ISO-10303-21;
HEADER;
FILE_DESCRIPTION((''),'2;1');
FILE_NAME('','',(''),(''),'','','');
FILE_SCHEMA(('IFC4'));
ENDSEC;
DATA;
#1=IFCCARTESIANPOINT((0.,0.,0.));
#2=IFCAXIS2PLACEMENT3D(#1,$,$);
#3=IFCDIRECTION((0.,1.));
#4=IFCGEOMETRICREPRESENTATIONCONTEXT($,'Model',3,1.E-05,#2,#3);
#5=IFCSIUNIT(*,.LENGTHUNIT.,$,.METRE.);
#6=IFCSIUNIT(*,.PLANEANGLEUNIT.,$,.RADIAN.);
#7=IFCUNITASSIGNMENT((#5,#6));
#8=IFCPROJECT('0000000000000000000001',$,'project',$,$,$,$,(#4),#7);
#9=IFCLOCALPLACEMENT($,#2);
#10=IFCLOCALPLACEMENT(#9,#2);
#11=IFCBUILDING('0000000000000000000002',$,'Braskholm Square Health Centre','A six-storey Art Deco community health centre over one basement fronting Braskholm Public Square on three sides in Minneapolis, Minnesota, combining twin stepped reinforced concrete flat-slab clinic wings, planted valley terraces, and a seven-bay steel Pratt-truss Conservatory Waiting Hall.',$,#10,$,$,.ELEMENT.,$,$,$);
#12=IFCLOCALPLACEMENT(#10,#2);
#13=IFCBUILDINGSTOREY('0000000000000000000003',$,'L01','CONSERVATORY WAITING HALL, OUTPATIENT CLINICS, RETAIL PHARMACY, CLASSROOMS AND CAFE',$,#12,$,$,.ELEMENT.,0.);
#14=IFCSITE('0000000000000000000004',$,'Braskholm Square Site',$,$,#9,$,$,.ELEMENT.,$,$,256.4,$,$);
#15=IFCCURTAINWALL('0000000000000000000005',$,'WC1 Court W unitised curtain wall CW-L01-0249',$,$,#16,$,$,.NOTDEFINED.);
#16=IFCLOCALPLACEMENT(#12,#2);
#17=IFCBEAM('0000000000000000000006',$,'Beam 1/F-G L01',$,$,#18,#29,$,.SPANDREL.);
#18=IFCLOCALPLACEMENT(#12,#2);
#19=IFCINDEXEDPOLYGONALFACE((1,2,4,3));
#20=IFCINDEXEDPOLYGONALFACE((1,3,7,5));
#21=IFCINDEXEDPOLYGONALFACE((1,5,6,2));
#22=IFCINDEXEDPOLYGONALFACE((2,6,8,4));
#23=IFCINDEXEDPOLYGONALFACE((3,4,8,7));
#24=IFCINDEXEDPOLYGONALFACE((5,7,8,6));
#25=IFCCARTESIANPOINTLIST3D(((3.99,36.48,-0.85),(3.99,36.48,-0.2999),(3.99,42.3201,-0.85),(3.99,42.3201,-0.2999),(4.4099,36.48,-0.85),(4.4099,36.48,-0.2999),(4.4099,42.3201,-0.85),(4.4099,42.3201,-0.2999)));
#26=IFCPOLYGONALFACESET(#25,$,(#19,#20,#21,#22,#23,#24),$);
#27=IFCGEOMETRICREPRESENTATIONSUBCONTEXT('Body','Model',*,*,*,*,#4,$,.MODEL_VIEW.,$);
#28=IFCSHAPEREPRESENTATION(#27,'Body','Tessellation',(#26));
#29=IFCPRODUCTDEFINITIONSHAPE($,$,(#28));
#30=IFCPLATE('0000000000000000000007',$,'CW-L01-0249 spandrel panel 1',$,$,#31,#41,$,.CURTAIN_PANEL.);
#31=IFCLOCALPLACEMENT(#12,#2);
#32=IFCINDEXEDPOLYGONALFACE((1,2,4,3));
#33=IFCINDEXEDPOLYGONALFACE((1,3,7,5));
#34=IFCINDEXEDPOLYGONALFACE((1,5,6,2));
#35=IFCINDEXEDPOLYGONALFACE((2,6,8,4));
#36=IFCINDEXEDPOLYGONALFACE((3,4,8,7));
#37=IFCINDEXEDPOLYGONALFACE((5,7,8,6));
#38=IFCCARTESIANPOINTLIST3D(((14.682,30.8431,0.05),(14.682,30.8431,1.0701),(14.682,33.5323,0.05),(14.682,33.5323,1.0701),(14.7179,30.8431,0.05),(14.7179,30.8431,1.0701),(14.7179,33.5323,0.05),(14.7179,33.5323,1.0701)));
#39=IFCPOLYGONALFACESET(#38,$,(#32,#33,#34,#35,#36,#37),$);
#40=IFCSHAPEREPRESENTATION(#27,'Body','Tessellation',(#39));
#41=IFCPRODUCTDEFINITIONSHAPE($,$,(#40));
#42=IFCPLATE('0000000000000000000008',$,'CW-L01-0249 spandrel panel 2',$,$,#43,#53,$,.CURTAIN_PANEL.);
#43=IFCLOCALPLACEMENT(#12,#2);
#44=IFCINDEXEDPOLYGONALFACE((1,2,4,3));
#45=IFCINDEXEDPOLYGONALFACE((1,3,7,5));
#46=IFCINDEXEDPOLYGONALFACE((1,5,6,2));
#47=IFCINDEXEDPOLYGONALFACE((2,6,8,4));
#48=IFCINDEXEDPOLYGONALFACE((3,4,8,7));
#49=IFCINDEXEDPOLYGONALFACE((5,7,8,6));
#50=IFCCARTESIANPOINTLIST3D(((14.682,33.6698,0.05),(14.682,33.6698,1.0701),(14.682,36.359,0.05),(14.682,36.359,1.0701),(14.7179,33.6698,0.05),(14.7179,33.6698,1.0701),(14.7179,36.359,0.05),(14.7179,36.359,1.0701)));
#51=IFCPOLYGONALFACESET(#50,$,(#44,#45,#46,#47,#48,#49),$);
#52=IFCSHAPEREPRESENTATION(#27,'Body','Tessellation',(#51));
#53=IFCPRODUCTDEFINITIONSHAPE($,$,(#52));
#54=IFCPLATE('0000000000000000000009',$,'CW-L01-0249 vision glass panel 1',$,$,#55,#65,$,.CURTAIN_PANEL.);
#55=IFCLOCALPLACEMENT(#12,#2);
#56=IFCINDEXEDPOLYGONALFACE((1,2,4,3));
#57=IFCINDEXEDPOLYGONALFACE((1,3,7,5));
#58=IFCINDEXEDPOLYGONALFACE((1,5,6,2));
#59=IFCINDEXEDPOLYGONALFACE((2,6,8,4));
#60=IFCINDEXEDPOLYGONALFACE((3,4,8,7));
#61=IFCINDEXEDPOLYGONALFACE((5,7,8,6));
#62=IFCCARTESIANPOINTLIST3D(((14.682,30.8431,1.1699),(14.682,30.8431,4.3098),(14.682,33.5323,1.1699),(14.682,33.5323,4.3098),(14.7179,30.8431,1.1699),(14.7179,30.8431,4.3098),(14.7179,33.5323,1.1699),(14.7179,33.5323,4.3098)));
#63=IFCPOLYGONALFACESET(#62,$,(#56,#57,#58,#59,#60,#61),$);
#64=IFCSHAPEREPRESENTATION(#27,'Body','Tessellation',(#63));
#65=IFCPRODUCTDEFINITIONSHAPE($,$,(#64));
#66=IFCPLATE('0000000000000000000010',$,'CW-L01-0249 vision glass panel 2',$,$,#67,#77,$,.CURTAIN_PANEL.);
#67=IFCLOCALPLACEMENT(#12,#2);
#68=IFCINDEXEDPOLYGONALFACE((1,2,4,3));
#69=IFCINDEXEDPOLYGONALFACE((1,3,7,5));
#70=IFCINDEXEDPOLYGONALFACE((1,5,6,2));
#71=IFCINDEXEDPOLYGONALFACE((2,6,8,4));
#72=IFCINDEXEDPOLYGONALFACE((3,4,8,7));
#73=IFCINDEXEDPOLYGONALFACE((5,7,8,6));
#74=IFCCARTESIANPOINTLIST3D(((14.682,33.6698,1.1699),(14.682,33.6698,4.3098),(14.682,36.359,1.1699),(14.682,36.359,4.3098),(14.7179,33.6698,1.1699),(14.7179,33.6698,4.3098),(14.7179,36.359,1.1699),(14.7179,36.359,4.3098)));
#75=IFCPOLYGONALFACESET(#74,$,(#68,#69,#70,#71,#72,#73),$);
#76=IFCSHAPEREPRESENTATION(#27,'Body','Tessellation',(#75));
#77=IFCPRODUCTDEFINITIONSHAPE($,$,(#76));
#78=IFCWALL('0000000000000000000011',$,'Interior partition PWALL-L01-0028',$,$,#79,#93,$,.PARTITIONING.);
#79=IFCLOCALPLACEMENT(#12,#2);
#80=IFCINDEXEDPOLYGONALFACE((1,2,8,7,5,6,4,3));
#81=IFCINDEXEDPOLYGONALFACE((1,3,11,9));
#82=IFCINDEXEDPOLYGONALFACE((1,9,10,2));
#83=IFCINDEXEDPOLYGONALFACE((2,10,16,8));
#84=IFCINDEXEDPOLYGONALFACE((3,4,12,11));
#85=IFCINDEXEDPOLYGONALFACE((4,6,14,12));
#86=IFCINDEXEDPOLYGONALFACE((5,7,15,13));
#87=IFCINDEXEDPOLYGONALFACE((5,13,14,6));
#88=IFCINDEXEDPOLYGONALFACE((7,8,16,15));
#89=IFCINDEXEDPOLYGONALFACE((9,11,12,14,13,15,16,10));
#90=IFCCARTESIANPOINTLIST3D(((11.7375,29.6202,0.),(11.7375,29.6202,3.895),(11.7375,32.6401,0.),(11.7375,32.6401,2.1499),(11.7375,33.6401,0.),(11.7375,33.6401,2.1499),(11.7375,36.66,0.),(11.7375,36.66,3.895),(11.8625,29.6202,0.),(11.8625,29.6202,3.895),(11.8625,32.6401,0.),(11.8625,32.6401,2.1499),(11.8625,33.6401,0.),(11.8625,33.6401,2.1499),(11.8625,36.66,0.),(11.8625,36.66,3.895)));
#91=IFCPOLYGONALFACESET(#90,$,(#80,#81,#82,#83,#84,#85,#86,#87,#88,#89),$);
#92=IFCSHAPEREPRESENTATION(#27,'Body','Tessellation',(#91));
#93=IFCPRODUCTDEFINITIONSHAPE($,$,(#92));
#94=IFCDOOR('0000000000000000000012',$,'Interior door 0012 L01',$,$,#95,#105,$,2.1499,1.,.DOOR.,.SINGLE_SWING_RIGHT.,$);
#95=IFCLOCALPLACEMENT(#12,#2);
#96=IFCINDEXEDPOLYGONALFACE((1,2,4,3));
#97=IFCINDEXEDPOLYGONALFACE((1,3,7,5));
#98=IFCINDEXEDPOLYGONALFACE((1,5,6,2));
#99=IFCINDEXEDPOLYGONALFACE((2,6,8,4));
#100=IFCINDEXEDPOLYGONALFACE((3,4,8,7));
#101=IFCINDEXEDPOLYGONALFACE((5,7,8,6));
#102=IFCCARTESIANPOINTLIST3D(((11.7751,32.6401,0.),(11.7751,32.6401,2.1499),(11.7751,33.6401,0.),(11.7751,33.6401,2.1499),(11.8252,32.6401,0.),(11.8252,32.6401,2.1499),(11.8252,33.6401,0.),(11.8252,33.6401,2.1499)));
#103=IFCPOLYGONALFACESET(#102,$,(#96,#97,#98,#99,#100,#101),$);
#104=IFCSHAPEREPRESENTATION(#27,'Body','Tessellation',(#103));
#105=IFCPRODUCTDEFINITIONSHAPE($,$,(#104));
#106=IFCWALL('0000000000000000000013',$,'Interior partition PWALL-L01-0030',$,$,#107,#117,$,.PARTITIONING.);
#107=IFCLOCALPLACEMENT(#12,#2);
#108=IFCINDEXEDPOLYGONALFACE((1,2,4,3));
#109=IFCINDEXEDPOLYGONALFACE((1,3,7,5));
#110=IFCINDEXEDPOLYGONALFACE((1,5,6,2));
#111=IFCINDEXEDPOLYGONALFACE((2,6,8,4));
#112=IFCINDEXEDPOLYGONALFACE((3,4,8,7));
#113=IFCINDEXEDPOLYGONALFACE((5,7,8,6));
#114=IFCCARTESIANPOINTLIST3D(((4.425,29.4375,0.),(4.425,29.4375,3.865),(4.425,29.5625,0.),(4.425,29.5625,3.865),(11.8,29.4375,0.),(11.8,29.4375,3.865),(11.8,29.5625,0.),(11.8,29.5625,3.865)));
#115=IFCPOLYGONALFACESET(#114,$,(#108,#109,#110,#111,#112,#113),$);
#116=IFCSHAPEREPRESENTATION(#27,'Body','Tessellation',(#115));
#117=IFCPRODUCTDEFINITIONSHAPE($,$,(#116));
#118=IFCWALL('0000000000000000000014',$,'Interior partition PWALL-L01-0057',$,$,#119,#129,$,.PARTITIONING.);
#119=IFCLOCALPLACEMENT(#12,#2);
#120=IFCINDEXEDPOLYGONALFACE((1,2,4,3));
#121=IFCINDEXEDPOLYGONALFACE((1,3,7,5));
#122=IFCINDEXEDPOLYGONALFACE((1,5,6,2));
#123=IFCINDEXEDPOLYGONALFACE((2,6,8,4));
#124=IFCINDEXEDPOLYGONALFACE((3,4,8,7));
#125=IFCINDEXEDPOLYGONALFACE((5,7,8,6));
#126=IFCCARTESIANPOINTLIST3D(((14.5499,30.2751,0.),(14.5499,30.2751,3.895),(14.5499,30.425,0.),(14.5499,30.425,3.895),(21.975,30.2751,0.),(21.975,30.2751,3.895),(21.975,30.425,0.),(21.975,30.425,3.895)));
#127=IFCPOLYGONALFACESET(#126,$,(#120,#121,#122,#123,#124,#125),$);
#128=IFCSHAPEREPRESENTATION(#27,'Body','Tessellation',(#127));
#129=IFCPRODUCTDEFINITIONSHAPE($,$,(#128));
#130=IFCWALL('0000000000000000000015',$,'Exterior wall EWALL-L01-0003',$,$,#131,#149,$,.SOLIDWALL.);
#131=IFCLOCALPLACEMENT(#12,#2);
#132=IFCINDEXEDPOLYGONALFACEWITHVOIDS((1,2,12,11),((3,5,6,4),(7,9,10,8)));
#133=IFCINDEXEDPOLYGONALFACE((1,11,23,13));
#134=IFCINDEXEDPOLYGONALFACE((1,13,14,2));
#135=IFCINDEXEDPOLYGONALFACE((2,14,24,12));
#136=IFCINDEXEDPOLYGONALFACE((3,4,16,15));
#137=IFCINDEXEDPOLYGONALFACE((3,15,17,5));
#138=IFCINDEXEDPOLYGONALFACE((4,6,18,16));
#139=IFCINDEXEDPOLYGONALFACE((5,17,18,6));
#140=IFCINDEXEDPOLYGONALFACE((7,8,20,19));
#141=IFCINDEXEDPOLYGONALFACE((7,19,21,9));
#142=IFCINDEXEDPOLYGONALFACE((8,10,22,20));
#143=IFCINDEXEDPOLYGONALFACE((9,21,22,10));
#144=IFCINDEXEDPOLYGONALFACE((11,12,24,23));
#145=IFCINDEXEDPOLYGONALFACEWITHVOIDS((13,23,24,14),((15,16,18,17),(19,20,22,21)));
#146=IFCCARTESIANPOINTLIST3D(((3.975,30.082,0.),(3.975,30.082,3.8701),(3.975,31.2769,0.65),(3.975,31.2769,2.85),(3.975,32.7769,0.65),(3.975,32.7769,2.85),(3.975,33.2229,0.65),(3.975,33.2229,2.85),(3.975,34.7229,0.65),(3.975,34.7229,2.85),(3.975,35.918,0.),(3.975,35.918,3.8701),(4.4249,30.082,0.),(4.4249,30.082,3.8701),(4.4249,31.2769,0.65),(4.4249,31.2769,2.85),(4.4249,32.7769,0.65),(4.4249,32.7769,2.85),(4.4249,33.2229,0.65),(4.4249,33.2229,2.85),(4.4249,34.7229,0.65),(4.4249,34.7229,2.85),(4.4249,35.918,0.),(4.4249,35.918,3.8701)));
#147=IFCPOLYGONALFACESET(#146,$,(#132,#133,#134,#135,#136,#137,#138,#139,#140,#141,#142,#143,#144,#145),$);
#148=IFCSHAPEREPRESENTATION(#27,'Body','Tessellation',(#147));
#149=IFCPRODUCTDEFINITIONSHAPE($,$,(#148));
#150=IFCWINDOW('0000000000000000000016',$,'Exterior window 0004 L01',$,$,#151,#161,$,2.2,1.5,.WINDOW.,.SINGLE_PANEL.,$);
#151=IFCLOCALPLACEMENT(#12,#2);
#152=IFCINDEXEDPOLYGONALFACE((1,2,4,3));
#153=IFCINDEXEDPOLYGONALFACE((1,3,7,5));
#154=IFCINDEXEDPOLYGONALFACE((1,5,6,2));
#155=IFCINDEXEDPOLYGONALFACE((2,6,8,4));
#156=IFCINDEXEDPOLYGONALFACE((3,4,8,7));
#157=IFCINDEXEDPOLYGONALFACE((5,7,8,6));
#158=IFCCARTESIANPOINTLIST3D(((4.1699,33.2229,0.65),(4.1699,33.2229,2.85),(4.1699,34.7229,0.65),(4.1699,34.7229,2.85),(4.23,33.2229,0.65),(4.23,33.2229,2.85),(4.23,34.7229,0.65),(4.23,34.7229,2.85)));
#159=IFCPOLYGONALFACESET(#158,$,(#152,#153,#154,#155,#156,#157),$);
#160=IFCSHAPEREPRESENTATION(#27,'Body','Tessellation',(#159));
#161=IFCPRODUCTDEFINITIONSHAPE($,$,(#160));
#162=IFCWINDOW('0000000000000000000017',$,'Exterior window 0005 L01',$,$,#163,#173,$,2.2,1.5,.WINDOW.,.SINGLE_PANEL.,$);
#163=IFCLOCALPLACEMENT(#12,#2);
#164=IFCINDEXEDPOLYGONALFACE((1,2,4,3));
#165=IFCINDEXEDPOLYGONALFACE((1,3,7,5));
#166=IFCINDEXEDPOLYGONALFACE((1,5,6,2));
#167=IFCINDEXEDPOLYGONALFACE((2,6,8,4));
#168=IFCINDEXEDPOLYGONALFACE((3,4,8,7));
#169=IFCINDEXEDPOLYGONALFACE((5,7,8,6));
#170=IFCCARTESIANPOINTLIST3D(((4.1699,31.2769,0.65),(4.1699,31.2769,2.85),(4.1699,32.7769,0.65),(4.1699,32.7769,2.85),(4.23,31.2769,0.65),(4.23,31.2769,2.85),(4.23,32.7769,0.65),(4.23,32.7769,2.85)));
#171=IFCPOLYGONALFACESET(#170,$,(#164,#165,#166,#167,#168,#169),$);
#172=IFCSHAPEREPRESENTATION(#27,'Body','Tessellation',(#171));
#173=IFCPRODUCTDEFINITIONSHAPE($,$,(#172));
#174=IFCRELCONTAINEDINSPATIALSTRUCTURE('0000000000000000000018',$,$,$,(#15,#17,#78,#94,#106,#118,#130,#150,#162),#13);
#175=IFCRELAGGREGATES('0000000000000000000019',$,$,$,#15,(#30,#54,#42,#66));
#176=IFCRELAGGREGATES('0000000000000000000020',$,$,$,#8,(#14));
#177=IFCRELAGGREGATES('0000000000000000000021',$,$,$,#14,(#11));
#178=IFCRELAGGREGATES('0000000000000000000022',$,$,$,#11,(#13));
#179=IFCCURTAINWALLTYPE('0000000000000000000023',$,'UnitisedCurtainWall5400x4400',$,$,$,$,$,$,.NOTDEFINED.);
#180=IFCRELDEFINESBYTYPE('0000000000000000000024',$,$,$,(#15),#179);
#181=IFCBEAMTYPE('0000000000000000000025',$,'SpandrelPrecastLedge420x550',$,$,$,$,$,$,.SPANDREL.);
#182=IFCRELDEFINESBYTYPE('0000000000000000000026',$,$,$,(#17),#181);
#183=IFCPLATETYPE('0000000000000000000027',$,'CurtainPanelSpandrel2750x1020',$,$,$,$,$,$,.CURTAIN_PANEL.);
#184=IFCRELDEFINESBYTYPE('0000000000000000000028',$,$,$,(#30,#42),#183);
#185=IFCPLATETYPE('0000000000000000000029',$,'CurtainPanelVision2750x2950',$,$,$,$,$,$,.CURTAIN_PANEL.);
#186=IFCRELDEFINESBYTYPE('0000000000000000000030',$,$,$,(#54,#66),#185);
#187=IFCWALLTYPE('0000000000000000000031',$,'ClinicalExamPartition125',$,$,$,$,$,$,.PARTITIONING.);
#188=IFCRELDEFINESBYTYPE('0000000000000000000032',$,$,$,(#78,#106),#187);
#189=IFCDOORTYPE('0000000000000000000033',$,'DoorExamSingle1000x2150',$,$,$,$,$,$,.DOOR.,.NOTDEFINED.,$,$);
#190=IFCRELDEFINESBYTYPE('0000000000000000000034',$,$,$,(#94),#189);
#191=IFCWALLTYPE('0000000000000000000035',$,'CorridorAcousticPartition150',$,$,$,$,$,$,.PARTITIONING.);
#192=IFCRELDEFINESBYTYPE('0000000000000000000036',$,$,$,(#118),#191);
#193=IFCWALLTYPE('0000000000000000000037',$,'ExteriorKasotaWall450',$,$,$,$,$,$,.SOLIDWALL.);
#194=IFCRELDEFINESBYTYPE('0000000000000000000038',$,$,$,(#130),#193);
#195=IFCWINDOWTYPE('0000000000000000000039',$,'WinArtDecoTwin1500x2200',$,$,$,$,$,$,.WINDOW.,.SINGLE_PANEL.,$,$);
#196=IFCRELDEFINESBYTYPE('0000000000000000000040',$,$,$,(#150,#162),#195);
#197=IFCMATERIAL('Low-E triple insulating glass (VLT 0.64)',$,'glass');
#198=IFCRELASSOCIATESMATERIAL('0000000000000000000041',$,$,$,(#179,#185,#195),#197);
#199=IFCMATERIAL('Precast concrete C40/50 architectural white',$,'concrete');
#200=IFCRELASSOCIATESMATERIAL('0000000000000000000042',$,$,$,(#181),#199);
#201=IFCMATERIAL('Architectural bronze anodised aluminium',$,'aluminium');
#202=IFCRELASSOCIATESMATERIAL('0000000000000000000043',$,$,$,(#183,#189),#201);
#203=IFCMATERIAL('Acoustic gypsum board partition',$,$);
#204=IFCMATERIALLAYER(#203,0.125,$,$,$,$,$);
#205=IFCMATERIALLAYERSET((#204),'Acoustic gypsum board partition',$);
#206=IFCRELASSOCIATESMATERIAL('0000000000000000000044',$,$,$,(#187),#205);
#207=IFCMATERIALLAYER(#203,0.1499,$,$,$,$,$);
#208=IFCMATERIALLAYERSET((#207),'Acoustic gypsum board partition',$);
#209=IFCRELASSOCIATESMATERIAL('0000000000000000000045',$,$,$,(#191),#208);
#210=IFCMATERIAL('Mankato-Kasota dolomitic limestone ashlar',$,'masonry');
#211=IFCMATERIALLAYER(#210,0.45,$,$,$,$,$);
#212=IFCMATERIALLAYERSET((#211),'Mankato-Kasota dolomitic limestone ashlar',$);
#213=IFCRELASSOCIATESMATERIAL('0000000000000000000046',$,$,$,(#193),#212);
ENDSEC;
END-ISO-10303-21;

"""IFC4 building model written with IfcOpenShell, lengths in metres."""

from ifc_helpers import new_model, si_unit, direction, frame, frame_2d, origin, origin_with_axes, origin_2d, place, context, subcontext, project, spatial, rectangle, extrude, material, layer, layer_set, material_profile, profile_set, type_object, element, fill, aggregate, save


model = new_model("IFC4")

# Units and contexts
model_context = context("Model", 3, precision=1e-05, world=origin(), true_north=direction((0.0, 1.0)))
body_context = subcontext(model_context, "Body", "Model", "MODEL_VIEW")
ifc_project = project(units=[si_unit("LENGTHUNIT", "METRE"), si_unit("PLANEANGLEUNIT", "RADIAN")], contexts=[model_context])

# Site, building, storey
site_placement = place(None, origin())
site = spatial("IfcSite", under=ifc_project, at=site_placement, Name="Braskholm Square Site", CompositionType="ELEMENT", RefElevation=256.4)
building_placement = place(site_placement, origin())
building = spatial("IfcBuilding", under=site, at=building_placement, Name="Braskholm Square Health Centre", Description="A six-storey Art Deco community health centre over one basement fronting Braskholm Public Square on three sides in Minneapolis, Minnesota, combining twin stepped reinforced concrete flat-slab clinic wings, planted valley terraces, and a seven-bay steel Pratt-truss Conservatory Waiting Hall.", CompositionType="ELEMENT")
storey_placement = place(building_placement, origin())
storey = spatial("IfcBuildingStorey", under=building, at=storey_placement, Name="L01", Description="CONSERVATORY WAITING HALL, OUTPATIENT CLINICS, RETAIL PHARMACY, CLASSROOMS AND CAFE", CompositionType="ELEMENT", Elevation=0.0)

# Shared definitions
ifc_material_1 = material(Name="Precast concrete C40/50 architectural white", Category="concrete")

# Curtain wall
ifc_material_2 = material(Name="Low-E triple insulating glass (VLT 0.64)", Category="glass")
curtain_wall_type = type_object("IfcCurtainWallType", Name="UnitisedCurtainWall5400x4400", PredefinedType="NOTDEFINED", material=ifc_material_2)
curtain_wall_placement = place(storey_placement, origin())
curtain_wall = element("IfcCurtainWall", 1, at=curtain_wall_placement, inside=storey, type_object=curtain_wall_type, Name="WC1 Court W unitised curtain wall CW-L01-0249", PredefinedType="NOTDEFINED")
ifc_material_3 = material(Name="Architectural bronze anodised aluminium", Category="aluminium")

# Beam
ifc_material_profile_1 = material_profile(ifc_material_1, rectangle(XDim=0.4199, YDim=0.55, at=origin_2d()), Name="RCB-420X550")
ifc_profile_set_1 = profile_set([ifc_material_profile_1], Name="Precast concrete C40/50 architectural white")
beam_type_1 = type_object("IfcBeamType", Name="SpandrelPrecastLedge420x550", PredefinedType="SPANDREL", material=ifc_profile_set_1)
beam_1_placement = place(storey_placement, frame((4.2, 36.48, -0.575), z_axis=(0.0, 1.0, 0.0), x_axis=(-1.0, 0.0, 0.0)))
element("IfcBeam", 2, at=beam_1_placement, inside=storey, type_object=beam_type_1, Name="Beam 1/F-G L01", PredefinedType="SPANDREL", context=body_context, shape_type="SweptSolid", body=[
    extrude(rectangle(XDim=0.4199, YDim=0.55, at=origin_2d()), origin(), (0.0, 0.0, 1.0), 5.8401),
])

# Plates
plate_type_1 = type_object("IfcPlateType", Name="CurtainPanelSpandrel2750x1020", PredefinedType="CURTAIN_PANEL", material=ifc_material_3)
plate_1_placement = place(storey_placement, frame((14.7, 32.1877, 0.05), z_axis=(0.0, 0.0, 1.0), x_axis=(0.0, 1.0, 0.0)))
plate_1 = element("IfcPlate", 3, at=plate_1_placement, type_object=plate_type_1, Name="CW-L01-0249 spandrel panel 1", PredefinedType="CURTAIN_PANEL", context=body_context, shape_type="SweptSolid", body=[
    extrude(rectangle(XDim=2.6892, YDim=0.0359, at=origin_2d()), origin(), (0.0, 0.0, 1.0), 1.02),
])
plate_2_placement = place(storey_placement, frame((14.7, 35.0144, 0.05), z_axis=(0.0, 0.0, 1.0), x_axis=(0.0, 1.0, 0.0)))
plate_2 = element("IfcPlate", 4, at=plate_2_placement, type_object=plate_type_1, Name="CW-L01-0249 spandrel panel 2", PredefinedType="CURTAIN_PANEL", context=body_context, shape_type="SweptSolid", body=[
    extrude(rectangle(XDim=2.6892, YDim=0.0359, at=origin_2d()), origin(), (0.0, 0.0, 1.0), 1.02),
])
plate_type_2 = type_object("IfcPlateType", Name="CurtainPanelVision2750x2950", PredefinedType="CURTAIN_PANEL", material=ifc_material_2)
plate_3_placement = place(storey_placement, frame((14.7, 32.1877, 1.1699), z_axis=(0.0, 0.0, 1.0), x_axis=(0.0, 1.0, 0.0)))
plate_3 = element("IfcPlate", 5, at=plate_3_placement, type_object=plate_type_2, Name="CW-L01-0249 vision glass panel 1", PredefinedType="CURTAIN_PANEL", context=body_context, shape_type="SweptSolid", body=[
    extrude(rectangle(XDim=2.6892, YDim=0.0359, at=origin_2d()), origin(), (0.0, 0.0, 1.0), 3.1399),
])
plate_4_placement = place(storey_placement, frame((14.7, 35.0144, 1.1699), z_axis=(0.0, 0.0, 1.0), x_axis=(0.0, 1.0, 0.0)))
plate_4 = element("IfcPlate", 6, at=plate_4_placement, type_object=plate_type_2, Name="CW-L01-0249 vision glass panel 2", PredefinedType="CURTAIN_PANEL", context=body_context, shape_type="SweptSolid", body=[
    extrude(rectangle(XDim=2.6892, YDim=0.0359, at=origin_2d()), origin(), (0.0, 0.0, 1.0), 3.1399),
])
aggregate(curtain_wall, [plate_1, plate_3, plate_2, plate_4])

# Wall, opening, door
ifc_material_4 = material(Name="Acoustic gypsum board partition")
ifc_layer_1 = layer(ifc_material_4, 0.125)
ifc_layer_set_1 = layer_set([ifc_layer_1], Name="Acoustic gypsum board partition")
wall_type_1 = type_object("IfcWallType", Name="ClinicalExamPartition125", PredefinedType="PARTITIONING", material=ifc_layer_set_1)
wall_1_placement = place(storey_placement, frame((11.8, 29.6201, 0.0), z_axis=(0.0, 0.0, 1.0), x_axis=(0.0, 1.0, 0.0)))
wall_1 = element("IfcWall", 7, at=wall_1_placement, inside=storey, type_object=wall_type_1, Name="Interior partition PWALL-L01-0028", PredefinedType="PARTITIONING", context=body_context, shape_type="SweptSolid", body=[
    extrude(rectangle(XDim=7.0398, YDim=0.125, at=frame_2d((3.52, 0.0))), origin(), (0.0, 0.0, 1.0), 3.895),
])
opening_1_placement = place(wall_1_placement, frame((3.02, 0.0, 0.0)))
opening_1 = element("IfcOpeningElement", 8, at=opening_1_placement, cuts=wall_1, PredefinedType="OPENING", context=body_context, shape_type="SweptSolid", body=[
    extrude(rectangle(XDim=1.0, YDim=2.1499, at=frame_2d((0.5, 1.075))), frame((0.0, 0.0725, 0.0), z_axis=(0.0, -1.0, 0.0), x_axis=(1.0, 0.0, 0.0)), (0.0, 0.0, 1.0), 0.145),
])
door_type = type_object("IfcDoorType", Name="DoorExamSingle1000x2150", OperationType="NOTDEFINED", PredefinedType="DOOR", material=ifc_material_3)
door_placement = place(opening_1_placement, origin_with_axes())
door = element("IfcDoor", 9, at=door_placement, inside=storey, type_object=door_type, Name="Interior door 0012 L01", OperationType="SINGLE_SWING_RIGHT", OverallHeight=2.1499, OverallWidth=1.0, PredefinedType="DOOR", context=body_context, shape_type="SweptSolid", body=[
    extrude(rectangle(XDim=1.0, YDim=2.1499, at=frame_2d((0.5, 1.075))), frame((0.0, 0.0249, 0.0), z_axis=(0.0, -1.0, 0.0), x_axis=(1.0, 0.0, 0.0)), (0.0, 0.0, 1.0), 0.05),
])
fill(opening_1, door)

# Walls
wall_2_placement = place(storey_placement, frame((4.425, 29.5, 0.0), z_axis=(0.0, 0.0, 1.0), x_axis=(1.0, 0.0, 0.0)))
element("IfcWall", 10, at=wall_2_placement, inside=storey, type_object=wall_type_1, Name="Interior partition PWALL-L01-0030", PredefinedType="PARTITIONING", context=body_context, shape_type="SweptSolid", body=[
    extrude(rectangle(XDim=7.375, YDim=0.125, at=frame_2d((3.6875, 0.0))), origin(), (0.0, 0.0, 1.0), 3.865),
])
ifc_layer_2 = layer(ifc_material_4, 0.1499)
ifc_layer_set_2 = layer_set([ifc_layer_2], Name="Acoustic gypsum board partition")
wall_type_2 = type_object("IfcWallType", Name="CorridorAcousticPartition150", PredefinedType="PARTITIONING", material=ifc_layer_set_2)
wall_3_placement = place(storey_placement, frame((14.55, 30.3501, 0.0), z_axis=(0.0, 0.0, 1.0), x_axis=(1.0, 0.0, 0.0)))
element("IfcWall", 11, at=wall_3_placement, inside=storey, type_object=wall_type_2, Name="Interior partition PWALL-L01-0057", PredefinedType="PARTITIONING", context=body_context, shape_type="SweptSolid", body=[
    extrude(rectangle(XDim=7.425, YDim=0.1499, at=frame_2d((3.7124, 0.0))), origin(), (0.0, 0.0, 1.0), 3.895),
])

# Wall, openings, windows
ifc_material_5 = material(Name="Mankato-Kasota dolomitic limestone ashlar", Category="masonry")
ifc_layer_3 = layer(ifc_material_5, 0.45)
ifc_layer_set_3 = layer_set([ifc_layer_3], Name="Mankato-Kasota dolomitic limestone ashlar")
wall_type_3 = type_object("IfcWallType", Name="ExteriorKasotaWall450", PredefinedType="SOLIDWALL", material=ifc_layer_set_3)
wall_4_placement = place(storey_placement, frame((4.2, 35.918, 0.0), z_axis=(0.0, 0.0, 1.0), x_axis=(0.0, -1.0, 0.0)))
wall_4 = element("IfcWall", 12, at=wall_4_placement, inside=storey, type_object=wall_type_3, Name="Exterior wall EWALL-L01-0003", PredefinedType="SOLIDWALL", context=body_context, shape_type="SweptSolid", body=[
    extrude(rectangle(XDim=5.8359, YDim=0.45, at=frame_2d((2.918, 0.0))), origin(), (0.0, 0.0, 1.0), 3.8701),
])
opening_2_placement = place(wall_4_placement, frame((1.1951, 0.0, 0.6499)))
opening_2 = element("IfcOpeningElement", 13, at=opening_2_placement, cuts=wall_4, PredefinedType="OPENING", context=body_context, shape_type="SweptSolid", body=[
    extrude(rectangle(XDim=1.5, YDim=2.2, at=frame_2d((0.75, 1.1001))), frame((0.0, 0.2349, 0.0), z_axis=(0.0, -1.0, 0.0), x_axis=(1.0, 0.0, 0.0)), (0.0, 0.0, 1.0), 0.47),
])
opening_3_placement = place(wall_4_placement, frame((3.1411, 0.0, 0.6499)))
opening_3 = element("IfcOpeningElement", 14, at=opening_3_placement, cuts=wall_4, PredefinedType="OPENING", context=body_context, shape_type="SweptSolid", body=[
    extrude(rectangle(XDim=1.5, YDim=2.2, at=frame_2d((0.75, 1.1001))), frame((0.0, 0.2349, 0.0), z_axis=(0.0, -1.0, 0.0), x_axis=(1.0, 0.0, 0.0)), (0.0, 0.0, 1.0), 0.47),
])
window_type = type_object("IfcWindowType", Name="WinArtDecoTwin1500x2200", PartitioningType="SINGLE_PANEL", PredefinedType="WINDOW", material=ifc_material_2)
window_1_placement = place(opening_2_placement, origin_with_axes())
window_1 = element("IfcWindow", 15, at=window_1_placement, inside=storey, type_object=window_type, Name="Exterior window 0004 L01", OverallHeight=2.2, OverallWidth=1.5, PartitioningType="SINGLE_PANEL", PredefinedType="WINDOW", context=body_context, shape_type="SweptSolid", body=[
    extrude(rectangle(XDim=1.5, YDim=2.2, at=frame_2d((0.75, 1.1001))), frame((0.0, 0.03, 0.0), z_axis=(0.0, -1.0, 0.0), x_axis=(1.0, 0.0, 0.0)), (0.0, 0.0, 1.0), 0.0601),
])
fill(opening_2, window_1)
window_2_placement = place(opening_3_placement, origin_with_axes())
window_2 = element("IfcWindow", 16, at=window_2_placement, inside=storey, type_object=window_type, Name="Exterior window 0005 L01", OverallHeight=2.2, OverallWidth=1.5, PartitioningType="SINGLE_PANEL", PredefinedType="WINDOW", context=body_context, shape_type="SweptSolid", body=[
    extrude(rectangle(XDim=1.5, YDim=2.2, at=frame_2d((0.75, 1.1001))), frame((0.0, 0.03, 0.0), z_axis=(0.0, -1.0, 0.0), x_axis=(1.0, 0.0, 0.0)), (0.0, 0.0, 1.0), 0.0601),
])
fill(opening_3, window_2)

save(model, "model.ifc")
